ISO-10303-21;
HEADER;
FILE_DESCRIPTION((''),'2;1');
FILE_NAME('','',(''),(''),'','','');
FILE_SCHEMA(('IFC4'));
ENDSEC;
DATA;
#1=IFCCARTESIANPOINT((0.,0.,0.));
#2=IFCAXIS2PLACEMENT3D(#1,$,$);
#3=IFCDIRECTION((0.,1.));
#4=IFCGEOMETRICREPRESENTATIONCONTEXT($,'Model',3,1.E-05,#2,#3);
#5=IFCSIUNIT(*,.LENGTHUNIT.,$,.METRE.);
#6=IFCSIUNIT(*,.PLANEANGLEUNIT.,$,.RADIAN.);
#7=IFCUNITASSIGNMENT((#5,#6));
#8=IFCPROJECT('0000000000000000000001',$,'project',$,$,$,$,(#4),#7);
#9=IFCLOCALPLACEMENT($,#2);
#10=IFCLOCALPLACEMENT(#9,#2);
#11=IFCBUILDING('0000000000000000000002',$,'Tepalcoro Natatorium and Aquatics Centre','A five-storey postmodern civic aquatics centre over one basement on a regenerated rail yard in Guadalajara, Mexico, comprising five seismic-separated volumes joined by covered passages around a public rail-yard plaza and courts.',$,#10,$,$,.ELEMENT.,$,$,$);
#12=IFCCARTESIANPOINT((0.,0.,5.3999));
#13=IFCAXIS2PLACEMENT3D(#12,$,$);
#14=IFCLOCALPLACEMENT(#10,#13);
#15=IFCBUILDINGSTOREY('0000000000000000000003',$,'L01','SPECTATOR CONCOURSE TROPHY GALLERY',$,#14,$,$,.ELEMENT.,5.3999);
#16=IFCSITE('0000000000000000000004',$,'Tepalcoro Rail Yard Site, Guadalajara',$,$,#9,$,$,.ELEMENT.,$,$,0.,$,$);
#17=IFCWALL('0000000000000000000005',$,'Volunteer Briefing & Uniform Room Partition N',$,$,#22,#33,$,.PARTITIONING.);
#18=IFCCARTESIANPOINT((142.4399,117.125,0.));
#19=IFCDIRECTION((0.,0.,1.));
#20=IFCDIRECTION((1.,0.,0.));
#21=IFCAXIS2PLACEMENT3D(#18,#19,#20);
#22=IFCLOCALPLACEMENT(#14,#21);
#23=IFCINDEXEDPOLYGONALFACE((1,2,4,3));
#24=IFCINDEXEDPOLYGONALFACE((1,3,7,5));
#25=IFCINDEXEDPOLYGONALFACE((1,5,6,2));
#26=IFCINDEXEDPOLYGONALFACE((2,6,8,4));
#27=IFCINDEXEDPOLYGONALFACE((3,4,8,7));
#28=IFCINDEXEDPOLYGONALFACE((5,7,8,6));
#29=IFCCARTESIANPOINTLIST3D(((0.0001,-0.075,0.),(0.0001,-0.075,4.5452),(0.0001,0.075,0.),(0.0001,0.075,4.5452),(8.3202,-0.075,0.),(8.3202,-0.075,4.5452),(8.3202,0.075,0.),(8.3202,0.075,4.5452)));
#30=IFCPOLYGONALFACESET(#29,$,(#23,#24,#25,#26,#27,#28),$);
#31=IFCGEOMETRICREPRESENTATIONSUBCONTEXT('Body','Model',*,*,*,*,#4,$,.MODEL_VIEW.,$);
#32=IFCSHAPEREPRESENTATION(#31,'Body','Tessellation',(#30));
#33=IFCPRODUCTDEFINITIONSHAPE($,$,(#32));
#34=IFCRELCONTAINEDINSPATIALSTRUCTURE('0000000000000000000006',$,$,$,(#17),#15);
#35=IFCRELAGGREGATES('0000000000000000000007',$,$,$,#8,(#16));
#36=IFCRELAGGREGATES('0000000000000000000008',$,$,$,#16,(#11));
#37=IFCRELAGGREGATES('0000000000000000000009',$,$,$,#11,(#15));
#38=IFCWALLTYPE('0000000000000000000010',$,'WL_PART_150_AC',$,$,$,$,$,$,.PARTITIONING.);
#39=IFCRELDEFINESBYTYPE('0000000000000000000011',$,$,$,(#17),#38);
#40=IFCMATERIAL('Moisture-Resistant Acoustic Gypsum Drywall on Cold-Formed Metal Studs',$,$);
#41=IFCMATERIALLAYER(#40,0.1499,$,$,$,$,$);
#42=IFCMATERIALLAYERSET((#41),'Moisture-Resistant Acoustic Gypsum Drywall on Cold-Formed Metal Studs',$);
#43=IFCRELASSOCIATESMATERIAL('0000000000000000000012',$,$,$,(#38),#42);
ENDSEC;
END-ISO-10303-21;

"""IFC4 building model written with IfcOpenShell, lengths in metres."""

from ifc_helpers import new_model, si_unit, direction, frame, frame_2d, origin, place, context, subcontext, project, spatial, rectangle, extrude, material, layer, layer_set, type_object, element, save


model = new_model("IFC4")

# Units and contexts
model_context = context("Model", 3, precision=1e-05, world=origin(), true_north=direction((0.0, 1.0)))
body_context = subcontext(model_context, "Body", "Model", "MODEL_VIEW")
ifc_project = project(units=[si_unit("LENGTHUNIT", "METRE"), si_unit("PLANEANGLEUNIT", "RADIAN")], contexts=[model_context])

# Site, building, storey
site_placement = place(None, origin())
site = spatial("IfcSite", under=ifc_project, at=site_placement, Name="Tepalcoro Rail Yard Site, Guadalajara", CompositionType="ELEMENT", RefElevation=0.0)
building_placement = place(site_placement, origin())
building = spatial("IfcBuilding", under=site, at=building_placement, Name="Tepalcoro Natatorium and Aquatics Centre", Description="A five-storey postmodern civic aquatics centre over one basement on a regenerated rail yard in Guadalajara, Mexico, comprising five seismic-separated volumes joined by covered passages around a public rail-yard plaza and courts.", CompositionType="ELEMENT")
storey_placement = place(building_placement, frame((0.0, 0.0, 5.3999)))
storey = spatial("IfcBuildingStorey", under=building, at=storey_placement, Name="L01", Description="SPECTATOR CONCOURSE TROPHY GALLERY", CompositionType="ELEMENT", Elevation=5.3999)

# Shared definitions
ifc_material_1 = material(Name="Moisture-Resistant Acoustic Gypsum Drywall on Cold-Formed Metal Studs")
ifc_layer_1 = layer(ifc_material_1, 0.1499)
ifc_layer_set_1 = layer_set([ifc_layer_1], Name="Moisture-Resistant Acoustic Gypsum Drywall on Cold-Formed Metal Studs")
wall_type_1 = type_object("IfcWallType", Name="WL_PART_150_AC", PredefinedType="PARTITIONING", material=ifc_layer_set_1)

# Wall
wall_1_placement = place(storey_placement, frame((142.4399, 117.125, 0.0), z_axis=(0.0, 0.0, 1.0), x_axis=(1.0, 0.0, 0.0)))
element("IfcWall", 1, at=wall_1_placement, inside=storey, type_object=wall_type_1, Name="Volunteer Briefing & Uniform Room Partition N", PredefinedType="PARTITIONING", context=body_context, shape_type="SweptSolid", body=[
    extrude(rectangle(XDim=8.3201, YDim=0.1499, at=frame_2d((4.1602, 0.0))), origin(), (0.0, 0.0, 1.0), 4.5452),
])

save(model, "model.ifc")
